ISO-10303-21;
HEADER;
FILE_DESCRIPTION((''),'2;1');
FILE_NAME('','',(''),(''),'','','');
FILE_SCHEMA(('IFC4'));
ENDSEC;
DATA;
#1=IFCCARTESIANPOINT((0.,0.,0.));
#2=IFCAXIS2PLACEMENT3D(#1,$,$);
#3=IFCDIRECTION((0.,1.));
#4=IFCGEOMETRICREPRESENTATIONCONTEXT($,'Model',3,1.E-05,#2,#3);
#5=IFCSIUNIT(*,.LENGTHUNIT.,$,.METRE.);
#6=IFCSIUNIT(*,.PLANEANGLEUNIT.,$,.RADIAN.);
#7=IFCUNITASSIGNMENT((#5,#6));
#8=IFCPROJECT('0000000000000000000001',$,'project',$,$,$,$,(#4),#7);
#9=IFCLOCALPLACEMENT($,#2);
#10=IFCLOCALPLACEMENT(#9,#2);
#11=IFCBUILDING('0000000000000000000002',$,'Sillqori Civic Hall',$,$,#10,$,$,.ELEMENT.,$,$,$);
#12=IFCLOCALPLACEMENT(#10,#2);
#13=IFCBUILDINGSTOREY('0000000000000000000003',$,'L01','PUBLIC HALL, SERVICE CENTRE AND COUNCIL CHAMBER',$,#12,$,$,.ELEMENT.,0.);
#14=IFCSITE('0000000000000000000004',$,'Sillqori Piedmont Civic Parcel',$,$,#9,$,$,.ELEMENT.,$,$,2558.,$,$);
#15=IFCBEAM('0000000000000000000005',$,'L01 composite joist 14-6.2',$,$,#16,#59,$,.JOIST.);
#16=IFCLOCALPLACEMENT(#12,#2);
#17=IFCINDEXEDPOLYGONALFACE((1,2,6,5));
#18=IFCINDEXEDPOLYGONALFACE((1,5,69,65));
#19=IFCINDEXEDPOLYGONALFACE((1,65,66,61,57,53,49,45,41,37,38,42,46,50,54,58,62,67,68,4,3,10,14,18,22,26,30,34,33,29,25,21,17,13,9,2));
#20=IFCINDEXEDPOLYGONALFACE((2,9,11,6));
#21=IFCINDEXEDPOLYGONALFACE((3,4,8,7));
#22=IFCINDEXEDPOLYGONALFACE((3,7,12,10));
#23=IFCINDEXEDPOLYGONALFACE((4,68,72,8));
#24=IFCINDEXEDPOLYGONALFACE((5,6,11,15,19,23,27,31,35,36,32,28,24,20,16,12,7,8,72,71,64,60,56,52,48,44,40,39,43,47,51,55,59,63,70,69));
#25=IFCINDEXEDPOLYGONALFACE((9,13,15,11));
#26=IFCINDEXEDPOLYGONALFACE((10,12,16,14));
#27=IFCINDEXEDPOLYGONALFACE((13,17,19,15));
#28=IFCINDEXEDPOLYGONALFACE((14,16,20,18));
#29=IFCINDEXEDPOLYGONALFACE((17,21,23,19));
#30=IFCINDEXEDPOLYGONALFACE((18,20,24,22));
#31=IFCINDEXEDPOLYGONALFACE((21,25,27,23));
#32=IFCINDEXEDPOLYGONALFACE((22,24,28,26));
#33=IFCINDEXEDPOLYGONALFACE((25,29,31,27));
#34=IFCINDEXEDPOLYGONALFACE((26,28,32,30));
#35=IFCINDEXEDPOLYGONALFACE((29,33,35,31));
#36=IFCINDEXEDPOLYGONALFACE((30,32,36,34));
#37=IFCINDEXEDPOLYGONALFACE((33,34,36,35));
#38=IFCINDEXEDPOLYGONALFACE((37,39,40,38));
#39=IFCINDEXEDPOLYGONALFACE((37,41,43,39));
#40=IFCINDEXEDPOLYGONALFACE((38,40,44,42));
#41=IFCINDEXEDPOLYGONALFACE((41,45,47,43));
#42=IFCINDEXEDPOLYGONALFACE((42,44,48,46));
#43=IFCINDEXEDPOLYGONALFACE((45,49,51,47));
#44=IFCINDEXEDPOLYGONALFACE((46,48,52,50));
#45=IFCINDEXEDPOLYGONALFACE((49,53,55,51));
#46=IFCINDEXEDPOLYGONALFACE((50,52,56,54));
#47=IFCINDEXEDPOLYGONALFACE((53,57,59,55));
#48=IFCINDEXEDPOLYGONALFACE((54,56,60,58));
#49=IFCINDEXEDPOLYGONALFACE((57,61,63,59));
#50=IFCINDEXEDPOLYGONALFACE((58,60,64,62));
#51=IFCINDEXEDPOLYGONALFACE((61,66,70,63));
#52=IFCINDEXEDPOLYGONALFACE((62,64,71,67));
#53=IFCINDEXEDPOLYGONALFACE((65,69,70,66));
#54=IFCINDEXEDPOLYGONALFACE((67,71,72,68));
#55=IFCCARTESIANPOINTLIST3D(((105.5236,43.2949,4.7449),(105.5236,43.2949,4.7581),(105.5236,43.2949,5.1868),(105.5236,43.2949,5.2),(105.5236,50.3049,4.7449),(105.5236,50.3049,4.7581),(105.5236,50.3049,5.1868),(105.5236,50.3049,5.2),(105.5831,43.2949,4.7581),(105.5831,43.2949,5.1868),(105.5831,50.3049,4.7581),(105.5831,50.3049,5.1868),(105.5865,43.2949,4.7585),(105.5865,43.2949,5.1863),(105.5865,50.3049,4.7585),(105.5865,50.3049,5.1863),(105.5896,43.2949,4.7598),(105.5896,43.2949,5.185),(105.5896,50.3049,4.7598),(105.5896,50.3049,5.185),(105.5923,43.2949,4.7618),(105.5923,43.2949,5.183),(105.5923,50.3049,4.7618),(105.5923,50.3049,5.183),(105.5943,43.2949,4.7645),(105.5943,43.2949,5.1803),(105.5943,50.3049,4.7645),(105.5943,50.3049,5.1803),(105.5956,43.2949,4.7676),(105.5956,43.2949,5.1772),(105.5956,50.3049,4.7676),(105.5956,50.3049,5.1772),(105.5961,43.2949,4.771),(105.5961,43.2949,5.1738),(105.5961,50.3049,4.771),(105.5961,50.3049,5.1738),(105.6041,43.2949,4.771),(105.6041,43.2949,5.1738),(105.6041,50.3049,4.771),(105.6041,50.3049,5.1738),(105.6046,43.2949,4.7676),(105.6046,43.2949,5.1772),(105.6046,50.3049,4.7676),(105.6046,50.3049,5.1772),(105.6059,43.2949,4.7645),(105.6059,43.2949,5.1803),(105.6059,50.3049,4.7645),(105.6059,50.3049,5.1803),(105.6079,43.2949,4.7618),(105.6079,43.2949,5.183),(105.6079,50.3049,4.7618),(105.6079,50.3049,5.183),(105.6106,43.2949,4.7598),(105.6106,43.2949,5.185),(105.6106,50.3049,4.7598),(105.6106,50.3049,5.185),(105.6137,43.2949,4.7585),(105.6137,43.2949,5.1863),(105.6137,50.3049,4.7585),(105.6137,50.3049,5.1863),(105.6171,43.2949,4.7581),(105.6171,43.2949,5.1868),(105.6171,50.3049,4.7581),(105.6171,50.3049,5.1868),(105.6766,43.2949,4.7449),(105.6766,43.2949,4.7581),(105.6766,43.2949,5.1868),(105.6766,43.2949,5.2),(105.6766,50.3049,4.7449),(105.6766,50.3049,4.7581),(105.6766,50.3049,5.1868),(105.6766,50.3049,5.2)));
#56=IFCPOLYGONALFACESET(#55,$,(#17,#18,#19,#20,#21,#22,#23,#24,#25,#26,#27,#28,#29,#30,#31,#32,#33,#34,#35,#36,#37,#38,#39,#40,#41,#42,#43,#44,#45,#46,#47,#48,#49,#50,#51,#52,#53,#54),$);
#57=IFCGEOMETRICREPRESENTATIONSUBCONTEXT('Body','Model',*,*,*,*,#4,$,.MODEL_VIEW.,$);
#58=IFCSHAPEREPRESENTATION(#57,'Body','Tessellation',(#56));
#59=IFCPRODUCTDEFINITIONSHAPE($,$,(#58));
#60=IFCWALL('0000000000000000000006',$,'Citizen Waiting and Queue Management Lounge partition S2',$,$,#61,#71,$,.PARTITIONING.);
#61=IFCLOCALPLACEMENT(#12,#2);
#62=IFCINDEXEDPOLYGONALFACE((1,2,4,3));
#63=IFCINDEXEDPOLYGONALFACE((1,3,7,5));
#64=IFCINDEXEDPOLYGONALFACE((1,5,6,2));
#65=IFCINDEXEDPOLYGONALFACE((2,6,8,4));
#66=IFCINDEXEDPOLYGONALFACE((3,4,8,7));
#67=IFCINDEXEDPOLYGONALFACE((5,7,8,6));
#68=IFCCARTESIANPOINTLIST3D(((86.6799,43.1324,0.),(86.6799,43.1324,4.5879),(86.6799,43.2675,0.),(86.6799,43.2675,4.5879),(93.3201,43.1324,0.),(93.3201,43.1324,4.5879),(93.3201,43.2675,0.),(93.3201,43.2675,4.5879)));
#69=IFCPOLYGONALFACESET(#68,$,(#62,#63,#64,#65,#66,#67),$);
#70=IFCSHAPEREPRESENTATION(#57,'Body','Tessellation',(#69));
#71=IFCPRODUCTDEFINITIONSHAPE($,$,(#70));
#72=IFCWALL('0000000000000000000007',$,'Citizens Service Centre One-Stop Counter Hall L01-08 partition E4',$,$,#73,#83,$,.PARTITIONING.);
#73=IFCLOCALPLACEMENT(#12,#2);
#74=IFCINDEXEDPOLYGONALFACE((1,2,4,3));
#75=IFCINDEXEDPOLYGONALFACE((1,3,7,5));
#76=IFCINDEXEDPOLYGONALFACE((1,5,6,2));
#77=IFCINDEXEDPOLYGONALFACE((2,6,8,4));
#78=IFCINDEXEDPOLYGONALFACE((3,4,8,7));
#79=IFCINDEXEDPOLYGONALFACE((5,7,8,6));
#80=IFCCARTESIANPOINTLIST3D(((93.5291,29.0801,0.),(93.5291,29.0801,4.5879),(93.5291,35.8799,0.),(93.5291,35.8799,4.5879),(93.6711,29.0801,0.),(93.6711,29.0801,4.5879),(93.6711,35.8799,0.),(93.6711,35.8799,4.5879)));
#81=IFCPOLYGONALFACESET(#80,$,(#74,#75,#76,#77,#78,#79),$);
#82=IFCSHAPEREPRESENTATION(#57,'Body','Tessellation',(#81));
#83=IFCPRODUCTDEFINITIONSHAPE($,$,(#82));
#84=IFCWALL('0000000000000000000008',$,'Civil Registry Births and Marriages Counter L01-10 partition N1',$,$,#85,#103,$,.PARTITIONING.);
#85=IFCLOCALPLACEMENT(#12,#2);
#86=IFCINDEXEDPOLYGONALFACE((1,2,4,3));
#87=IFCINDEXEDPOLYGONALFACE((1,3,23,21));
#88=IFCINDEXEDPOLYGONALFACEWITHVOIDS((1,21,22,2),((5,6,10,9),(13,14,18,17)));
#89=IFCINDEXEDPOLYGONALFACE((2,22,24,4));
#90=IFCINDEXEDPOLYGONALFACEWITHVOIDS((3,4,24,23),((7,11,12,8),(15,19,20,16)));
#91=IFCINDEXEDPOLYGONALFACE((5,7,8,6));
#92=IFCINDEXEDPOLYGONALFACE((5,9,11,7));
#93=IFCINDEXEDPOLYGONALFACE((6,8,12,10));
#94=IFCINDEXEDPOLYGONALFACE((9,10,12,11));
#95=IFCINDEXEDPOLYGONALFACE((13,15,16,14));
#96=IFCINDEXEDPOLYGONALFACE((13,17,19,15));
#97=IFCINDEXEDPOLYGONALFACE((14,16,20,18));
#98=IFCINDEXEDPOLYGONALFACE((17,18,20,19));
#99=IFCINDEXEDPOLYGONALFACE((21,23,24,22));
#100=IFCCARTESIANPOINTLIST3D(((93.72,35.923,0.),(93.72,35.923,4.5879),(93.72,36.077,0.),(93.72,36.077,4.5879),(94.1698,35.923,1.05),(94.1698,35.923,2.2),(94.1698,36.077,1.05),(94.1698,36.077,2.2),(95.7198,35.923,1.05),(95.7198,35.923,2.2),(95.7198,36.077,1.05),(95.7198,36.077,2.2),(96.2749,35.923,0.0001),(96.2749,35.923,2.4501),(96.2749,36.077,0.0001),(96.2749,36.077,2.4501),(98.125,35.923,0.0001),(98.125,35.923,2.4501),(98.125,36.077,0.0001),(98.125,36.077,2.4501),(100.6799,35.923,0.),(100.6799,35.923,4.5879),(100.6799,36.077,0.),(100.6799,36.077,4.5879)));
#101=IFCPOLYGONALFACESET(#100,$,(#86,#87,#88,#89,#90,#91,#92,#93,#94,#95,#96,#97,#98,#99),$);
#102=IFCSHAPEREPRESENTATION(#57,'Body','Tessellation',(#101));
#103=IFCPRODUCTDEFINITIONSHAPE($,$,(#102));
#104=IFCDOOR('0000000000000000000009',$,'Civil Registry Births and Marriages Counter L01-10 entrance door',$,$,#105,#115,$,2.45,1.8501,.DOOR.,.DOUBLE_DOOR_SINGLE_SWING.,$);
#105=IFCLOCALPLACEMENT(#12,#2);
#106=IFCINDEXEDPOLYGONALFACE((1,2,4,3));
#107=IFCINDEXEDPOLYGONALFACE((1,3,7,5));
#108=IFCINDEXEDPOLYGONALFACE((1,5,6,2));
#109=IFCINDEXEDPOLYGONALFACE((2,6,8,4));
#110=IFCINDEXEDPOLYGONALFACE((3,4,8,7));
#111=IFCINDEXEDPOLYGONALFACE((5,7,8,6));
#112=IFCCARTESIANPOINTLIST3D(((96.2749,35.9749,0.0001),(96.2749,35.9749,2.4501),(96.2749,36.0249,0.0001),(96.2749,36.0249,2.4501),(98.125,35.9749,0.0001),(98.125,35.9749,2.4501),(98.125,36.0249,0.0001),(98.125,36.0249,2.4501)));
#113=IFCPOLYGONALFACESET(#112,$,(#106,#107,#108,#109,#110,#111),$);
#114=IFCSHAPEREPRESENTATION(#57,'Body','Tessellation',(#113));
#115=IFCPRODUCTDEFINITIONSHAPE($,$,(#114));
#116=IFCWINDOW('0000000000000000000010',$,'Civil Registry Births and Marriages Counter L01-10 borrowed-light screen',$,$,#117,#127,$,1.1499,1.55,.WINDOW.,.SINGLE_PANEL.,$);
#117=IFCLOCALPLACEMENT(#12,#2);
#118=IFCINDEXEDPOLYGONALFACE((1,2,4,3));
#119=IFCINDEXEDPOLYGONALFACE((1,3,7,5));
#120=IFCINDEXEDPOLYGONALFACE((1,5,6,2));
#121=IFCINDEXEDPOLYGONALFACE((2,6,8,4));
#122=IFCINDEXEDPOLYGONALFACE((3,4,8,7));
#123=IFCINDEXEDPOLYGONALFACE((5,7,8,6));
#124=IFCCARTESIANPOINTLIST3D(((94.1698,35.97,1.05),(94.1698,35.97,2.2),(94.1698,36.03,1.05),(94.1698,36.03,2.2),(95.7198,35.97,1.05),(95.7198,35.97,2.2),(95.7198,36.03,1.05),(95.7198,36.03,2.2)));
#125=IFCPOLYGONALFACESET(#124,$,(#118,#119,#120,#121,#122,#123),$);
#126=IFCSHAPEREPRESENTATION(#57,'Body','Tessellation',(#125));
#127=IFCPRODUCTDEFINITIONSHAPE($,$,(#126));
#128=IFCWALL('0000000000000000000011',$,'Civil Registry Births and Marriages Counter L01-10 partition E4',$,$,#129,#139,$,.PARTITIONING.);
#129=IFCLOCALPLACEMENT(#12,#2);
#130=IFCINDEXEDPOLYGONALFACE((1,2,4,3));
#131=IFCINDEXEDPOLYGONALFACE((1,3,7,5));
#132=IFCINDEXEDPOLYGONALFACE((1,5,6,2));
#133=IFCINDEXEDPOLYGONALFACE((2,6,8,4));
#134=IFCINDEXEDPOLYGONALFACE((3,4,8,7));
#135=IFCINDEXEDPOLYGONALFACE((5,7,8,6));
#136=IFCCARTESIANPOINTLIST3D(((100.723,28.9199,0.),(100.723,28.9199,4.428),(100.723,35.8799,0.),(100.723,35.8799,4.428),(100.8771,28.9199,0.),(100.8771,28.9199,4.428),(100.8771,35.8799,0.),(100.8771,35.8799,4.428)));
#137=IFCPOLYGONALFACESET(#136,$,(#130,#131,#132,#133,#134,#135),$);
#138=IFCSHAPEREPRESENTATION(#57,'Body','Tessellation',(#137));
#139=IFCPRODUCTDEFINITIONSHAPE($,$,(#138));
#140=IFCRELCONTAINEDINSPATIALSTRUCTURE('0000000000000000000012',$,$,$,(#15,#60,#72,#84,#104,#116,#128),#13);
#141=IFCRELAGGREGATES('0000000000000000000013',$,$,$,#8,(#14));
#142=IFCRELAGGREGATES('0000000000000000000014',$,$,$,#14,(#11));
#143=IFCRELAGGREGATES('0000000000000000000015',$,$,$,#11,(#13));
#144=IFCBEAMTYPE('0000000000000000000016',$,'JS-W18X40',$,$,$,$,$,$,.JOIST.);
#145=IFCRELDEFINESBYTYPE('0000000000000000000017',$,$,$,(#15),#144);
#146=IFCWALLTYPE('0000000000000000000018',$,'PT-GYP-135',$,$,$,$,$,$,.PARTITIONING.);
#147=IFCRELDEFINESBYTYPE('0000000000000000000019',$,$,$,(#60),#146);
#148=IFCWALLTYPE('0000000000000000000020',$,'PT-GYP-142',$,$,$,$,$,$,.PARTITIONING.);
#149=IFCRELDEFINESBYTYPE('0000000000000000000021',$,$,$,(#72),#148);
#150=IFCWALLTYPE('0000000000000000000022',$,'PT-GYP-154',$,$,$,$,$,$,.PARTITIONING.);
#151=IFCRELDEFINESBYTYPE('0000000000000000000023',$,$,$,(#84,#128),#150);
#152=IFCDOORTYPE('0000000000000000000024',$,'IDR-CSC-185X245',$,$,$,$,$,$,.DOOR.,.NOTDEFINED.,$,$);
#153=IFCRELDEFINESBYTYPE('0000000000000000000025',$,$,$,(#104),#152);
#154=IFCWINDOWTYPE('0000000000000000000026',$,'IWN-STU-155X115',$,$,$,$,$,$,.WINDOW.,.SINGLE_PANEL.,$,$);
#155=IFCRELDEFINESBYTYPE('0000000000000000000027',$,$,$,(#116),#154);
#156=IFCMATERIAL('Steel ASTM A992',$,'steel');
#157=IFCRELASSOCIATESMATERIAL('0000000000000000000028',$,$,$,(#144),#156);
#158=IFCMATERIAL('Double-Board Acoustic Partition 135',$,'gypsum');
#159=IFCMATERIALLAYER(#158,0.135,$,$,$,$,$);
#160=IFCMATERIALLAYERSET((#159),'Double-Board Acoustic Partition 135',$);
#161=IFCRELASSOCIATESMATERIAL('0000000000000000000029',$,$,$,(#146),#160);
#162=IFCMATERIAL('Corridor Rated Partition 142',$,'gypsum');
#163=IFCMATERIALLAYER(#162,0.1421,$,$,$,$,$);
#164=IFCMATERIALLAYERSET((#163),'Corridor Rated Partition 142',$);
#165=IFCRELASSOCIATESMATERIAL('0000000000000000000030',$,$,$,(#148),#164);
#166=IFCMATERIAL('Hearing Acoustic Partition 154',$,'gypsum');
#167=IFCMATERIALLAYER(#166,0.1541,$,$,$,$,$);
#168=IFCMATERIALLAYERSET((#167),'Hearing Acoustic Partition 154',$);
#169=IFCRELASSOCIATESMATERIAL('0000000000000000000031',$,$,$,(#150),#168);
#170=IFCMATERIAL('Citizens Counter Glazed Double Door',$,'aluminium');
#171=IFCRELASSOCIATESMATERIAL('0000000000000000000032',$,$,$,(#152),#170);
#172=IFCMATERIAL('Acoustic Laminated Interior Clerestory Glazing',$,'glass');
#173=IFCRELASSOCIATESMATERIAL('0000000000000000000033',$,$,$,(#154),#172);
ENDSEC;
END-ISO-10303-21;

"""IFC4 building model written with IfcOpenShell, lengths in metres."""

from ifc_helpers import new_model, si_unit, direction, frame, frame_2d, origin, origin_2d, place, context, subcontext, project, spatial, rectangle, i_section, extrude, material, layer, layer_set, material_profile, profile_set, type_object, element, fill, save


model = new_model("IFC4")

# Units and contexts
model_context = context("Model", 3, precision=1e-05, world=origin(), true_north=direction((0.0, 1.0)))
body_context = subcontext(model_context, "Body", "Model", "MODEL_VIEW")
ifc_project = project(units=[si_unit("LENGTHUNIT", "METRE"), si_unit("PLANEANGLEUNIT", "RADIAN")], contexts=[model_context])

# Site, building, storey
site_placement = place(None, origin())
site = spatial("IfcSite", under=ifc_project, at=site_placement, Name="Sillqori Piedmont Civic Parcel", CompositionType="ELEMENT", RefElevation=2558.0)
building_placement = place(site_placement, origin())
building = spatial("IfcBuilding", under=site, at=building_placement, Name="Sillqori Civic Hall", CompositionType="ELEMENT")
storey_placement = place(building_placement, origin())
storey = spatial("IfcBuildingStorey", under=building, at=storey_placement, Name="L01", Description="PUBLIC HALL, SERVICE CENTRE AND COUNCIL CHAMBER", CompositionType="ELEMENT", Elevation=0.0)

# Shared definitions
ifc_material_1 = material(Name="Steel ASTM A992", Category="steel")

# Beam
ifc_material_profile_1 = material_profile(ifc_material_1, i_section(OverallWidth=0.1531, OverallDepth=0.4551, WebThickness=0.0081, FlangeThickness=0.0132, FilletRadius=0.0129, at=origin_2d()), Name="W18X40")
ifc_profile_set_1 = profile_set([ifc_material_profile_1], Name="Steel ASTM A992")
beam_type_1 = type_object("IfcBeamType", Name="JS-W18X40", PredefinedType="JOIST", material=ifc_profile_set_1)
for number, where, z_axis, x_axis, name in (
    (1, (105.6001, 43.2949, 4.9724), (0.0, 1.0, 0.0), (-1.0, 0.0, 0.0), "L01 composite joist 14-6.2"),
):
    element("IfcBeam", number, at=place(storey_placement, frame(where, z_axis=z_axis, x_axis=x_axis)), inside=storey, type_object=beam_type_1, Name=name, PredefinedType="JOIST", context=body_context, shape_type="SweptSolid", body=[
        extrude(i_section(OverallWidth=0.1531, OverallDepth=0.4551, WebThickness=0.0081, FlangeThickness=0.0132, FilletRadius=0.0129, at=origin_2d()), origin(), (0.0, 0.0, 1.0), 7.01),
    ])

# Walls
ifc_material_2 = material(Name="Double-Board Acoustic Partition 135", Category="gypsum")
ifc_layer_1 = layer(ifc_material_2, 0.135)
ifc_layer_set_1 = layer_set([ifc_layer_1], Name="Double-Board Acoustic Partition 135")
wall_type_1 = type_object("IfcWallType", Name="PT-GYP-135", PredefinedType="PARTITIONING", material=ifc_layer_set_1)
wall_1_placement = place(storey_placement, frame((93.3201, 43.2, 0.0), z_axis=(0.0, 0.0, 1.0), x_axis=(-1.0, 0.0, 0.0)))
element("IfcWall", 2, at=wall_1_placement, inside=storey, type_object=wall_type_1, Name="Citizen Waiting and Queue Management Lounge partition S2", PredefinedType="PARTITIONING", context=body_context, shape_type="SweptSolid", body=[
    extrude(rectangle(XDim=6.6401, YDim=0.135, at=frame_2d((3.3201, 0.0))), origin(), (0.0, 0.0, 1.0), 4.5879),
])
ifc_material_3 = material(Name="Corridor Rated Partition 142", Category="gypsum")
ifc_layer_2 = layer(ifc_material_3, 0.1421)
ifc_layer_set_2 = layer_set([ifc_layer_2], Name="Corridor Rated Partition 142")
wall_type_2 = type_object("IfcWallType", Name="PT-GYP-142", PredefinedType="PARTITIONING", material=ifc_layer_set_2)
wall_2_placement = place(storey_placement, frame((93.6001, 35.8799, 0.0), z_axis=(0.0, 0.0, 1.0), x_axis=(0.0, -1.0, 0.0)))
element("IfcWall", 3, at=wall_2_placement, inside=storey, type_object=wall_type_2, Name="Citizens Service Centre One-Stop Counter Hall L01-08 partition E4", PredefinedType="PARTITIONING", context=body_context, shape_type="SweptSolid", body=[
    extrude(rectangle(XDim=6.7998, YDim=0.1421, at=frame_2d((3.3999, 0.0))), origin(), (0.0, 0.0, 1.0), 4.5879),
])

# Wall, openings, door, window
ifc_material_4 = material(Name="Hearing Acoustic Partition 154", Category="gypsum")
ifc_layer_3 = layer(ifc_material_4, 0.1541)
ifc_layer_set_3 = layer_set([ifc_layer_3], Name="Hearing Acoustic Partition 154")
wall_type_3 = type_object("IfcWallType", Name="PT-GYP-154", PredefinedType="PARTITIONING", material=ifc_layer_set_3)
wall_3_placement = place(storey_placement, frame((93.72, 36.0, 0.0), z_axis=(0.0, 0.0, 1.0), x_axis=(1.0, 0.0, 0.0)))
wall_3 = element("IfcWall", 4, at=wall_3_placement, inside=storey, type_object=wall_type_3, Name="Civil Registry Births and Marriages Counter L01-10 partition N1", PredefinedType="PARTITIONING", context=body_context, shape_type="SweptSolid", body=[
    extrude(rectangle(XDim=6.96, YDim=0.1541, at=frame_2d((3.48, 0.0))), origin(), (0.0, 0.0, 1.0), 4.5879),
])
opening_1_placement = place(wall_3_placement, frame((2.5549, 0.0, 0.0)))
opening_1 = element("IfcOpeningElement", 5, at=opening_1_placement, cuts=wall_3, PredefinedType="OPENING", context=body_context, shape_type="SweptSolid", body=[
    extrude(rectangle(XDim=1.8501, YDim=2.45, at=frame_2d((0.925, 1.2251))), frame((0.0, 0.0869, 0.0), z_axis=(0.0, -1.0, 0.0), x_axis=(1.0, 0.0, 0.0)), (0.0, 0.0, 1.0), 0.1741),
])
opening_2_placement = place(wall_3_placement, frame((0.45, 0.0, 1.05)))
opening_2 = element("IfcOpeningElement", 6, at=opening_2_placement, cuts=wall_3, PredefinedType="OPENING", context=body_context, shape_type="SweptSolid", body=[
    extrude(rectangle(XDim=1.55, YDim=1.1499, at=frame_2d((0.7749, 0.575))), frame((0.0, 0.0869, 0.0), z_axis=(0.0, -1.0, 0.0), x_axis=(1.0, 0.0, 0.0)), (0.0, 0.0, 1.0), 0.1741),
])
ifc_material_5 = material(Name="Citizens Counter Glazed Double Door", Category="aluminium")
door_type_1 = type_object("IfcDoorType", Name="IDR-CSC-185X245", OperationType="NOTDEFINED", PredefinedType="DOOR", material=ifc_material_5)
door_1_placement = place(opening_1_placement, origin())
door_1 = element("IfcDoor", 7, at=door_1_placement, inside=storey, type_object=door_type_1, Name="Civil Registry Births and Marriages Counter L01-10 entrance door", OperationType="DOUBLE_DOOR_SINGLE_SWING", OverallHeight=2.45, OverallWidth=1.8501, PredefinedType="DOOR", context=body_context, shape_type="SweptSolid", body=[
    extrude(rectangle(XDim=1.8501, YDim=2.45, at=frame_2d((0.925, 1.2251))), frame((0.0, 0.0249, 0.0), z_axis=(0.0, -1.0, 0.0), x_axis=(1.0, 0.0, 0.0)), (0.0, 0.0, 1.0), 0.05),
])
fill(opening_1, door_1)
ifc_material_6 = material(Name="Acoustic Laminated Interior Clerestory Glazing", Category="glass")
window_type_1 = type_object("IfcWindowType", Name="IWN-STU-155X115", PartitioningType="SINGLE_PANEL", PredefinedType="WINDOW", material=ifc_material_6)
window_1_placement = place(opening_2_placement, origin())
window_1 = element("IfcWindow", 8, at=window_1_placement, inside=storey, type_object=window_type_1, Name="Civil Registry Births and Marriages Counter L01-10 borrowed-light screen", OverallHeight=1.1499, OverallWidth=1.55, PartitioningType="SINGLE_PANEL", PredefinedType="WINDOW", context=body_context, shape_type="SweptSolid", body=[
    extrude(rectangle(XDim=1.55, YDim=1.1499, at=frame_2d((0.7749, 0.575))), frame((0.0, 0.03, 0.0), z_axis=(0.0, -1.0, 0.0), x_axis=(1.0, 0.0, 0.0)), (0.0, 0.0, 1.0), 0.0601),
])
fill(opening_2, window_1)

# Wall
wall_4_placement = place(storey_placement, frame((100.8, 35.8799, 0.0), z_axis=(0.0, 0.0, 1.0), x_axis=(0.0, -1.0, 0.0)))
element("IfcWall", 9, at=wall_4_placement, inside=storey, type_object=wall_type_3, Name="Civil Registry Births and Marriages Counter L01-10 partition E4", PredefinedType="PARTITIONING", context=body_context, shape_type="SweptSolid", body=[
    extrude(rectangle(XDim=6.96, YDim=0.1541, at=frame_2d((3.48, 0.0))), origin(), (0.0, 0.0, 1.0), 4.428),
])

save(model, "model.ifc")
